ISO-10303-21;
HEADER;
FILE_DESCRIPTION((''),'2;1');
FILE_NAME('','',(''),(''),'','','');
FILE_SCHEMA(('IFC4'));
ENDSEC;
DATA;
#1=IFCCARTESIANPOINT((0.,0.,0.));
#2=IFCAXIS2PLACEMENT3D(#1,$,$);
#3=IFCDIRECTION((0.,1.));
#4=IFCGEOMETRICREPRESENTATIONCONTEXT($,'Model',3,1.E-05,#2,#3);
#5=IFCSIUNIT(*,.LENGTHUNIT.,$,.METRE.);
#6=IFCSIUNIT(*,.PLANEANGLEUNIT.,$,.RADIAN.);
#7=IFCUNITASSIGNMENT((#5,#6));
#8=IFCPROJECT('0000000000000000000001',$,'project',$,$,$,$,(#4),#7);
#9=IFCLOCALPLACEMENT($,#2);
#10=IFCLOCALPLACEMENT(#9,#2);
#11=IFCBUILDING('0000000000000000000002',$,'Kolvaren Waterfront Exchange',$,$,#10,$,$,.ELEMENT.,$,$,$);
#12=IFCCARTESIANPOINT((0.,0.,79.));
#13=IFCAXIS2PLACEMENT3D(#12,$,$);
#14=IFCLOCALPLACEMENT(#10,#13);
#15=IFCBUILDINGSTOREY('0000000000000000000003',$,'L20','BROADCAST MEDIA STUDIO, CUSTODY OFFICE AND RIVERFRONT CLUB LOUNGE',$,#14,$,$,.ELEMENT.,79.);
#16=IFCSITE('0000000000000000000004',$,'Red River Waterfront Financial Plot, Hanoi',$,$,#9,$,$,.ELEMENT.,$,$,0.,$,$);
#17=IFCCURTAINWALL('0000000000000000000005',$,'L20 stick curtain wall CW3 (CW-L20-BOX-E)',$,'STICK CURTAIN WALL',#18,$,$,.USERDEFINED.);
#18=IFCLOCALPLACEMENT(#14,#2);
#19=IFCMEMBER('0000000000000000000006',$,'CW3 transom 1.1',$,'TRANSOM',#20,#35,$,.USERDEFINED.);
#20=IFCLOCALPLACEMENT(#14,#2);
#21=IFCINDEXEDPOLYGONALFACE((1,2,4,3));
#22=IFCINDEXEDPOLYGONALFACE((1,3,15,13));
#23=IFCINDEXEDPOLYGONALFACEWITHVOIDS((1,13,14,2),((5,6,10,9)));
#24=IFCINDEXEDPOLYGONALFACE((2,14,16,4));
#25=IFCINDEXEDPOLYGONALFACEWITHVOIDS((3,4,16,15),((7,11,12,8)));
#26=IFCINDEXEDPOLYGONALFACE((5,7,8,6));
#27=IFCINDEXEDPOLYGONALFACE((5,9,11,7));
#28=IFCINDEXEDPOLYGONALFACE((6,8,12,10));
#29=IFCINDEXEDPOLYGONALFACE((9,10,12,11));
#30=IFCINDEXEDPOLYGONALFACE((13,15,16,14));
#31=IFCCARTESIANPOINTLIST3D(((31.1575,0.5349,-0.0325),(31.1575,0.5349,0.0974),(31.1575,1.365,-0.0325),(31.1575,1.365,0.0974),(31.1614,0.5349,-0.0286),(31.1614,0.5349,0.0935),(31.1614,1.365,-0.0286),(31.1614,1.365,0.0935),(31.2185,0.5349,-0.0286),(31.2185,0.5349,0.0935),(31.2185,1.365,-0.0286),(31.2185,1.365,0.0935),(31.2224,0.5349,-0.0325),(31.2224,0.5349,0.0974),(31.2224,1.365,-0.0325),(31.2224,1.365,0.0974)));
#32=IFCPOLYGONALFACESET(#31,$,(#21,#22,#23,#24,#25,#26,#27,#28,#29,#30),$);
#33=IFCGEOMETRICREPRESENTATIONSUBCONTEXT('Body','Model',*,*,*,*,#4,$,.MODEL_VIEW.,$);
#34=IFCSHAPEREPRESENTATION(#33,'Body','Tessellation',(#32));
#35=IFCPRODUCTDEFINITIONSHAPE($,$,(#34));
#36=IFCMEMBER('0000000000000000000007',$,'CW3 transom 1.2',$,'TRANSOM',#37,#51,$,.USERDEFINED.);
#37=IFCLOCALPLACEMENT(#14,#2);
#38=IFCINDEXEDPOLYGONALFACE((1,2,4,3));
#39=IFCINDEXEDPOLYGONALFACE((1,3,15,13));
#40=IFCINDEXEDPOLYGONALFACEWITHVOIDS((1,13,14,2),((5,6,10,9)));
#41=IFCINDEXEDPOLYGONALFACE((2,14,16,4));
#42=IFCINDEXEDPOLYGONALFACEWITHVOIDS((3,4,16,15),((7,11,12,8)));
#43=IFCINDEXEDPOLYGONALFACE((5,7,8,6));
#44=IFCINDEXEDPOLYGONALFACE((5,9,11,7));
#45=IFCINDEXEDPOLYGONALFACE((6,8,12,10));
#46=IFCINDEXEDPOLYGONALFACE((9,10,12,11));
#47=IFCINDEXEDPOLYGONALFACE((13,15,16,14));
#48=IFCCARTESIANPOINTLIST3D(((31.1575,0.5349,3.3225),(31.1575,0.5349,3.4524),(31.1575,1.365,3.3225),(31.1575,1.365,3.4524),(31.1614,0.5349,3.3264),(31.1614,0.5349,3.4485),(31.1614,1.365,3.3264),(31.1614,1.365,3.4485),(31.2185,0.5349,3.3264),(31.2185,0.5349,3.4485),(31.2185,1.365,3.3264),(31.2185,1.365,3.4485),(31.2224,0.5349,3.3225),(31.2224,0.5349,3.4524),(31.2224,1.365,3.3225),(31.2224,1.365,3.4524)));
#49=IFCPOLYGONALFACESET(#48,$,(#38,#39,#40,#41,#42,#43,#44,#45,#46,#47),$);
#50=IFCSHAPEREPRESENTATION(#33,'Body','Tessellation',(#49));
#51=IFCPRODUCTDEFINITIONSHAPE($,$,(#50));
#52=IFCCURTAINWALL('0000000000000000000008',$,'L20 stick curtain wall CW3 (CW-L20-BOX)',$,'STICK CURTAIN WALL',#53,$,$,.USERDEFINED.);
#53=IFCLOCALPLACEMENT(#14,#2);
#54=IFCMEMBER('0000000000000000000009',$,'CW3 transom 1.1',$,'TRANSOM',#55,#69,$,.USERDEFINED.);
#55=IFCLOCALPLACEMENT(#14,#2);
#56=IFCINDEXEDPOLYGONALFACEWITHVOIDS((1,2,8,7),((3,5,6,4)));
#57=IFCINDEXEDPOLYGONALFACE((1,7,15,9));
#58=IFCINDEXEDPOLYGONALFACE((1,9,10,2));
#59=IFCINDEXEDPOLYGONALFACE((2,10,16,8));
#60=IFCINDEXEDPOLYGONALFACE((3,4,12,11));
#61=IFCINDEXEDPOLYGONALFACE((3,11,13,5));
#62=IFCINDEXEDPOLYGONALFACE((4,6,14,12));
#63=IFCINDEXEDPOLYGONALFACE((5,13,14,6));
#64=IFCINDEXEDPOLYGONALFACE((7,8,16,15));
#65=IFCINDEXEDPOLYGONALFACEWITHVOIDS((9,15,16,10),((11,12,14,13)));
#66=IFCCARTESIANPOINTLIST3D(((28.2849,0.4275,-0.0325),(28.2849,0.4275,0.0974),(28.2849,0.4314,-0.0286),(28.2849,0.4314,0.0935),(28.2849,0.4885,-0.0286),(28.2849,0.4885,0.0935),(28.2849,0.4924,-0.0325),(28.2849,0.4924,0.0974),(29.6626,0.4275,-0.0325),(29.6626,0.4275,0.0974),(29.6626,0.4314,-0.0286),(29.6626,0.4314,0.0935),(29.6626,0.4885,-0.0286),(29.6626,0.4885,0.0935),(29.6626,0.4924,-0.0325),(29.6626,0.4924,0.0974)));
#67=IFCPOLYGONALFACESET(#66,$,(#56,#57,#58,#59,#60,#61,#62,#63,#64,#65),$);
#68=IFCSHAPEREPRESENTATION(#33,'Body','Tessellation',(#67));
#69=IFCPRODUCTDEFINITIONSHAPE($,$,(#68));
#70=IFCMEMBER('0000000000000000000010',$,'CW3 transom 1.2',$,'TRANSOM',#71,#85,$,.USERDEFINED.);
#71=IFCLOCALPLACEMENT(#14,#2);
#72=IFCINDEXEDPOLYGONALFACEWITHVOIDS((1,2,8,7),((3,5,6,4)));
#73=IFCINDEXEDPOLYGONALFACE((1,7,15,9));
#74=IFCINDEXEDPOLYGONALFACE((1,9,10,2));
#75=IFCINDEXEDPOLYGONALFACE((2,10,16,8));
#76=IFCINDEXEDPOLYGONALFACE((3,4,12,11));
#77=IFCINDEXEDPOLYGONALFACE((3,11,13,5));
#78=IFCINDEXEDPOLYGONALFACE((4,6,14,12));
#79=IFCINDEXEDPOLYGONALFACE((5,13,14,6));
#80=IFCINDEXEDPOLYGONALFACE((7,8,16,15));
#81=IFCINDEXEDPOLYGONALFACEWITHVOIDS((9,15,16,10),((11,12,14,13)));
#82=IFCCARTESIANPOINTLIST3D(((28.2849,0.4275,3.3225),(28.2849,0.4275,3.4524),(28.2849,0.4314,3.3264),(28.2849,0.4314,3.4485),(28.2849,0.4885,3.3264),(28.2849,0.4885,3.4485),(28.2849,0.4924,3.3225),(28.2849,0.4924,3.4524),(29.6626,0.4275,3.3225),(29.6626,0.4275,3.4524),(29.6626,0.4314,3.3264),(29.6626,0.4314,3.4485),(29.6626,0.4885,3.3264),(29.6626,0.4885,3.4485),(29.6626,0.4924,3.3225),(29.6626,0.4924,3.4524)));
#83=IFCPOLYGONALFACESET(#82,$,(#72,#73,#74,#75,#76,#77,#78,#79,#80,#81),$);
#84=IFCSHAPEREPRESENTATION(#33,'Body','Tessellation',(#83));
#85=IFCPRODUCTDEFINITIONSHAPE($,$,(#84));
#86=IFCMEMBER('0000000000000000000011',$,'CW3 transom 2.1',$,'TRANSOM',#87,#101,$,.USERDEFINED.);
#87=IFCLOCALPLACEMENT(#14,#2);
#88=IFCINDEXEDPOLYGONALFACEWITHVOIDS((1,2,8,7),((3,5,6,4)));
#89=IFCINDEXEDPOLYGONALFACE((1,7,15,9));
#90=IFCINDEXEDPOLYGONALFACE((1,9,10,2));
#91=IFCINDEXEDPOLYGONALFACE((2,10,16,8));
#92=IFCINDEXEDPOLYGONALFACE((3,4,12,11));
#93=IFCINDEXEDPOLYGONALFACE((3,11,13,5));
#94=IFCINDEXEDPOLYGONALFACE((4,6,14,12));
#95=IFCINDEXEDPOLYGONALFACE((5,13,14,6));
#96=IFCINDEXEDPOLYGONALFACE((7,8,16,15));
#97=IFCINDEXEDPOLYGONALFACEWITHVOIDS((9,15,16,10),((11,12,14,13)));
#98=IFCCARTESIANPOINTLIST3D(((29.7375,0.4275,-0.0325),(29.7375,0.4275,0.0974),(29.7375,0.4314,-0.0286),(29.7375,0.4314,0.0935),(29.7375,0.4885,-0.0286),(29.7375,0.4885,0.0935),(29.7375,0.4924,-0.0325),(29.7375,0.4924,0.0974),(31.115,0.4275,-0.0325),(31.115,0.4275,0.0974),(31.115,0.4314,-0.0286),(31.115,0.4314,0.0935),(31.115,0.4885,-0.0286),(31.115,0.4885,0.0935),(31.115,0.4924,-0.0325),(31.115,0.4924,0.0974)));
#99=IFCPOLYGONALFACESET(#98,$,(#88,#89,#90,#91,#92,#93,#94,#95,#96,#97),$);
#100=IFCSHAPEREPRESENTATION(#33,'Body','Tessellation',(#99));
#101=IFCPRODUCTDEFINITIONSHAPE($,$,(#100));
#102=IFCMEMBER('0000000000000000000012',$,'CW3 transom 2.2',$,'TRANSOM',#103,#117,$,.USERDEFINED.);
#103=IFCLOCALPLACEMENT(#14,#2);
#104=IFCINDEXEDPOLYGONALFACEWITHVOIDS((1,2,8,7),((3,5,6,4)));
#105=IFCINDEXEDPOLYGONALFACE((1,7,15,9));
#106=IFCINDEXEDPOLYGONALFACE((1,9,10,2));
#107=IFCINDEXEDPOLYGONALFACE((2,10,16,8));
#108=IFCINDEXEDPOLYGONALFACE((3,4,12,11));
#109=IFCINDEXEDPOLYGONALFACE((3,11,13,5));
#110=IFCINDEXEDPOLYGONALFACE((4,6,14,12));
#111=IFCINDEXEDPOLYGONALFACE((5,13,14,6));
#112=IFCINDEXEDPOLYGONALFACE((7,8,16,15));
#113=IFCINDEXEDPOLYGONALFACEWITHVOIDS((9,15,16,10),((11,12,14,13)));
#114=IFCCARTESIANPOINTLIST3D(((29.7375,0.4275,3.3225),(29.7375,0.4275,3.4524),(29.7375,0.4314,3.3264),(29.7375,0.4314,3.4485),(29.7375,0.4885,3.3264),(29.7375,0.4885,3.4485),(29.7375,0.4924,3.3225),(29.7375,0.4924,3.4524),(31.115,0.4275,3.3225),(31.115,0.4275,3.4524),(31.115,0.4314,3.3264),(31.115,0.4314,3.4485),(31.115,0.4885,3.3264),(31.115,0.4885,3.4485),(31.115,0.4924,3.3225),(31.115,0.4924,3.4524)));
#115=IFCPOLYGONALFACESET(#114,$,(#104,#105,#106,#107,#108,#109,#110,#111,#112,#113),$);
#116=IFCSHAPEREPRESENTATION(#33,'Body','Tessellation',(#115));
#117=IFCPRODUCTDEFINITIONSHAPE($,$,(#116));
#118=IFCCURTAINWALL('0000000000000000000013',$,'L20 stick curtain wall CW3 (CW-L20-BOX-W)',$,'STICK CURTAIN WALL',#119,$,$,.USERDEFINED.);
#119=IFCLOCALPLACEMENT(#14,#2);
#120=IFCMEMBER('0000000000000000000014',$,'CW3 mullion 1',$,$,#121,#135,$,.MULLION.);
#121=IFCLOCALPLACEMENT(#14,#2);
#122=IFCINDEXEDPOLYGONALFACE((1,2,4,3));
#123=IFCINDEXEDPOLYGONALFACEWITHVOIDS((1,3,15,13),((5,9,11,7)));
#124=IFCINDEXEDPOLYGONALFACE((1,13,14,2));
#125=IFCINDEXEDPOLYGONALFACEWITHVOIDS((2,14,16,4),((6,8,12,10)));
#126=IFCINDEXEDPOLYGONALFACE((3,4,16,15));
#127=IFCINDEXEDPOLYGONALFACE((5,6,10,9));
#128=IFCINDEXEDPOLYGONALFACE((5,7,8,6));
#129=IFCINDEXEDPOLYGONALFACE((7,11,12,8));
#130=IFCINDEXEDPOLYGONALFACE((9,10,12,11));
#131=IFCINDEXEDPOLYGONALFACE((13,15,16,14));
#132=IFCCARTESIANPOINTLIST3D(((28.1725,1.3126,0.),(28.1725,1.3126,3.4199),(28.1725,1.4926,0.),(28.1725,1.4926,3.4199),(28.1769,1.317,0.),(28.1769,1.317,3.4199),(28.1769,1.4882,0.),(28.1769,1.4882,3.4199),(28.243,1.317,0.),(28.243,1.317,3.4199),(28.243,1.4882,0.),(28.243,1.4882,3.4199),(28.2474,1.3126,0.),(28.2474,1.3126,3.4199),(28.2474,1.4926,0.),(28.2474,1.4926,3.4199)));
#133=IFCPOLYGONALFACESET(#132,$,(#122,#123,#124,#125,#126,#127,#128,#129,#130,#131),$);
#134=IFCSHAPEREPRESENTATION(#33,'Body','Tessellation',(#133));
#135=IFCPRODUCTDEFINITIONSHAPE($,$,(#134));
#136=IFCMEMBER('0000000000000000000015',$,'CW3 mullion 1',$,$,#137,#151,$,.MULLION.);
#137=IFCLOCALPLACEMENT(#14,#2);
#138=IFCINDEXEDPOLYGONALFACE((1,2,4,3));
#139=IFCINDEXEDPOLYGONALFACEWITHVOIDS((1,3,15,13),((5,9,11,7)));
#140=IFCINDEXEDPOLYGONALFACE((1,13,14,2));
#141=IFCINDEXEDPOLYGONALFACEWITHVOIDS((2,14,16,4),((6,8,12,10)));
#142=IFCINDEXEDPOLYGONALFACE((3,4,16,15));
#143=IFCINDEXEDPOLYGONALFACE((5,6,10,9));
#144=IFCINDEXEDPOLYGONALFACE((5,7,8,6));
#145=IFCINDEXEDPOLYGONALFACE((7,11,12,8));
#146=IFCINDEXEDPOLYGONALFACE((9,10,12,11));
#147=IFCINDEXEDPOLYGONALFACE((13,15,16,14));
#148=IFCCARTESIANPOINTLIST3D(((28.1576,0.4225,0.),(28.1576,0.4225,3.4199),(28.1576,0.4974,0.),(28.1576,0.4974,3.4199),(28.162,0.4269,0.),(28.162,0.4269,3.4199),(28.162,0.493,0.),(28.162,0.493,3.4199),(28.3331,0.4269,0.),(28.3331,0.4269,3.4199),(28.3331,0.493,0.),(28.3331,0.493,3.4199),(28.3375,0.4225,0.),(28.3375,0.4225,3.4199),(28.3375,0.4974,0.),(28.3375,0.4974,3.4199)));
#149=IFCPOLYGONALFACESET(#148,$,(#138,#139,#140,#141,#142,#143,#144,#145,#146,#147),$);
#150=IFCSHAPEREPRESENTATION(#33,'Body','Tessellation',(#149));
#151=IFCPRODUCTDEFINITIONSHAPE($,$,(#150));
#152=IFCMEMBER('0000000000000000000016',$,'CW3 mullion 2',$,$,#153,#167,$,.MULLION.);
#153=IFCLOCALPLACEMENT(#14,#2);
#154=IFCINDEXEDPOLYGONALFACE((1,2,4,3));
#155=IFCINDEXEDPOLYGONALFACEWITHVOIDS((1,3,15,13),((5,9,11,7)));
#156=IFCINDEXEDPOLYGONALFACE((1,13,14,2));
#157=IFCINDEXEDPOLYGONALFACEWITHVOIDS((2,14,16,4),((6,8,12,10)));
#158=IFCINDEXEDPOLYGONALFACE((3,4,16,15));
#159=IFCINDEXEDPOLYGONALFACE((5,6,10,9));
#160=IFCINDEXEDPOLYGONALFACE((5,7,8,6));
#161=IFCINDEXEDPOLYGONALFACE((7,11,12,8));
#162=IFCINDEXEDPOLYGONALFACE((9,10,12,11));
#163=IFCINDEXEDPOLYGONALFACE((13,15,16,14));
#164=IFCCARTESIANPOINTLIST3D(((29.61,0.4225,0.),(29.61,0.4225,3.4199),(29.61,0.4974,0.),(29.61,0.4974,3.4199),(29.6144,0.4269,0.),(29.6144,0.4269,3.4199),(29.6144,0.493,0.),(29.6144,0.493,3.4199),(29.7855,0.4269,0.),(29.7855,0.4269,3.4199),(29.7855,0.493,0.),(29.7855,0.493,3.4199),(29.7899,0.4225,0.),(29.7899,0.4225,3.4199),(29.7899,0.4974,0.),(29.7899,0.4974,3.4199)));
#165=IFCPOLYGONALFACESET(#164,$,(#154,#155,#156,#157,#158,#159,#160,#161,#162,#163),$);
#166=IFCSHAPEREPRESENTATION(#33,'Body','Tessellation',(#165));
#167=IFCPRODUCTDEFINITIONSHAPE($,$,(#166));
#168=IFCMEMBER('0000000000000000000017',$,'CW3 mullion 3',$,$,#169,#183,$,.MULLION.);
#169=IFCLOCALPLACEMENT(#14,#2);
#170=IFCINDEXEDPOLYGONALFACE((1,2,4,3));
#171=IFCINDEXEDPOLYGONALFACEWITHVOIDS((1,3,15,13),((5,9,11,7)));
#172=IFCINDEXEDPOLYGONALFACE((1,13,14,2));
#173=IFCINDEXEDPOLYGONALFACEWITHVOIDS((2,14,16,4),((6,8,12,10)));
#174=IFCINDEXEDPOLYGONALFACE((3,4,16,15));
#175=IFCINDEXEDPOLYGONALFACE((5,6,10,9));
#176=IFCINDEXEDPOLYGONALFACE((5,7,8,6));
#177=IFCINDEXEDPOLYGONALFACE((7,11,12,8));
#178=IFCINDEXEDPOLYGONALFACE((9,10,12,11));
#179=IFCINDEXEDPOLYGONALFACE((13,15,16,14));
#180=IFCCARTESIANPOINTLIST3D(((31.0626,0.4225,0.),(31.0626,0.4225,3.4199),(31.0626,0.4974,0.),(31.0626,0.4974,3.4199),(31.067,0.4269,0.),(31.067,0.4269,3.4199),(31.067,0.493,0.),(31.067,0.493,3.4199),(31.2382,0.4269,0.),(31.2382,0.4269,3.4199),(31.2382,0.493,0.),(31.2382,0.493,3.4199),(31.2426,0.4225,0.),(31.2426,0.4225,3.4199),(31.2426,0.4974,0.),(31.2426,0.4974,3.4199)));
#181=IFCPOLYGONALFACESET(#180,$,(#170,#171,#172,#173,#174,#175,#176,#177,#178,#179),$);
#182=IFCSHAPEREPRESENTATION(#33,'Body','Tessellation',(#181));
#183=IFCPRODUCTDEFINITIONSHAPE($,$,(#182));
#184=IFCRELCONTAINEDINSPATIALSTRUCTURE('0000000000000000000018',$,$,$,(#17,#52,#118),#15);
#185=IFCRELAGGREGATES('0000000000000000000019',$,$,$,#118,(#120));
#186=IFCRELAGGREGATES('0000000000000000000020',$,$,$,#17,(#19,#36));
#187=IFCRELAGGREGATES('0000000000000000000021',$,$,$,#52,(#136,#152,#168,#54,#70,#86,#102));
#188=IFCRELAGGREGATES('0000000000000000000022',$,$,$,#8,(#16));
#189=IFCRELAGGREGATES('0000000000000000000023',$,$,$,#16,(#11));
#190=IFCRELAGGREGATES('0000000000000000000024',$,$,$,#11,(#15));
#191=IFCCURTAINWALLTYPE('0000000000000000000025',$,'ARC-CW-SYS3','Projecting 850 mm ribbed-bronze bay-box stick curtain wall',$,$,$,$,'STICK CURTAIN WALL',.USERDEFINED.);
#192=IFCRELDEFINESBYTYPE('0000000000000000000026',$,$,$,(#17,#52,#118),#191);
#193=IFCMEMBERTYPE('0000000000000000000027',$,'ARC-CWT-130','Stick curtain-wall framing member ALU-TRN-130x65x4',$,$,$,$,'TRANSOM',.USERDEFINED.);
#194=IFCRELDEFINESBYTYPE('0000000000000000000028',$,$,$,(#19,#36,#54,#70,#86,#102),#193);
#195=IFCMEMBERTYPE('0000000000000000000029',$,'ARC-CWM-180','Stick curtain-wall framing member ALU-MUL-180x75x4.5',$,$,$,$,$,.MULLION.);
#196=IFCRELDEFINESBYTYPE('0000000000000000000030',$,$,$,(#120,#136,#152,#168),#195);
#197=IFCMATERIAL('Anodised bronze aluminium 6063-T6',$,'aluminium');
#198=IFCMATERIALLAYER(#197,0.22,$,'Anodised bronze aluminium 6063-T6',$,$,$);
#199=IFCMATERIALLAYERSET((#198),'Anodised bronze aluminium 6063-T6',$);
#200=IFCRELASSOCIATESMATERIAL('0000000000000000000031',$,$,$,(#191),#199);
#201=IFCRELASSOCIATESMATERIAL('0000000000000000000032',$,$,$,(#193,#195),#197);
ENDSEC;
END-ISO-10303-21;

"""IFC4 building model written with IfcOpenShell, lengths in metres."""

from ifc_helpers import new_model, si_unit, direction, frame, origin, origin_with_axes, origin_2d, place, context, subcontext, project, spatial, hollow_rectangle, extrude, source, transform, mapped, material, layer, layer_set, material_profile, profile_set, type_object, element, aggregate, save


model = new_model("IFC4")

# Units and contexts
model_context = context("Model", 3, precision=1e-05, world=origin(), true_north=direction((0.0, 1.0)))
body_context = subcontext(model_context, "Body", "Model", "MODEL_VIEW")
ifc_project = project(units=[si_unit("LENGTHUNIT", "METRE"), si_unit("PLANEANGLEUNIT", "RADIAN")], contexts=[model_context])

# Site, building, storey
site_placement = place(None, origin())
site = spatial("IfcSite", under=ifc_project, at=site_placement, Name="Red River Waterfront Financial Plot, Hanoi", CompositionType="ELEMENT", RefElevation=0.0)
building_placement = place(site_placement, origin())
building = spatial("IfcBuilding", under=site, at=building_placement, Name="Kolvaren Waterfront Exchange", CompositionType="ELEMENT")
storey_placement = place(building_placement, frame((0.0, 0.0, 79.0)))
storey = spatial("IfcBuildingStorey", under=building, at=storey_placement, Name="L20", Description="BROADCAST MEDIA STUDIO, CUSTODY OFFICE AND RIVERFRONT CLUB LOUNGE", CompositionType="ELEMENT", Elevation=79.0)

# Curtain walls, members
ifc_material_1 = material(Name="Anodised bronze aluminium 6063-T6", Category="aluminium")
ifc_layer_1 = layer(ifc_material_1, 0.22, Name="Anodised bronze aluminium 6063-T6")
ifc_layer_set_1 = layer_set([ifc_layer_1], Name="Anodised bronze aluminium 6063-T6")
curtain_wall_type_1 = type_object("IfcCurtainWallType", Name="ARC-CW-SYS3", Description="Projecting 850 mm ribbed-bronze bay-box stick curtain wall", ElementType="STICK CURTAIN WALL", PredefinedType="USERDEFINED", material=ifc_layer_set_1)
curtain_wall_1_placement = place(storey_placement, origin())
curtain_wall_1 = element("IfcCurtainWall", 1, at=curtain_wall_1_placement, inside=storey, type_object=curtain_wall_type_1, Name="L20 stick curtain wall CW3 (CW-L20-BOX-E)", ObjectType="STICK CURTAIN WALL", PredefinedType="USERDEFINED")
ifc_material_profile_1 = material_profile(ifc_material_1, hollow_rectangle(XDim=0.0649, YDim=0.1299, WallThickness=0.0039, at=origin_2d()), Name="ALU-TRN-130x65x4")
ifc_profile_set_1 = profile_set([ifc_material_profile_1], Name="Anodised bronze aluminium 6063-T6")
member_type_1 = type_object("IfcMemberType", Name="ARC-CWT-130", Description="Stick curtain-wall framing member ALU-TRN-130x65x4", ElementType="TRANSOM", PredefinedType="USERDEFINED", material=ifc_profile_set_1)
shared_shape_1 = source(origin_with_axes(), body_context, "Body", "SweptSolid", [
    extrude(hollow_rectangle(XDim=0.0649, YDim=0.1299, WallThickness=0.0039, at=origin_2d()), origin(), (0.0, 0.0, 1.0), 0.8301),
])
member_1_placement = place(storey_placement, frame((31.1899, 0.5349, 0.0325), z_axis=(0.0, 1.0, 0.0), x_axis=(-1.0, 0.0, 0.0)))
member_1 = element("IfcMember", 2, at=member_1_placement, type_object=member_type_1, Name="CW3 transom 1.1", ObjectType="TRANSOM", PredefinedType="USERDEFINED", context=body_context, shape_type="MappedRepresentation", body=[
    mapped(shared_shape_1, transform((0.0, 0.0, 0.0), x_axis=(1.0, 0.0, 0.0), y_axis=(0.0, 1.0, 0.0), z_axis=(0.0, 0.0, 1.0), scale=1.0)),
])
member_2_placement = place(storey_placement, frame((31.1899, 0.5349, 3.3875), z_axis=(0.0, 1.0, 0.0), x_axis=(-1.0, 0.0, 0.0)))
member_2 = element("IfcMember", 3, at=member_2_placement, type_object=member_type_1, Name="CW3 transom 1.2", ObjectType="TRANSOM", PredefinedType="USERDEFINED", context=body_context, shape_type="MappedRepresentation", body=[
    mapped(shared_shape_1, transform((0.0, 0.0, 0.0), x_axis=(1.0, 0.0, 0.0), y_axis=(0.0, 1.0, 0.0), z_axis=(0.0, 0.0, 1.0), scale=1.0)),
])
curtain_wall_2_placement = place(storey_placement, origin())
curtain_wall_2 = element("IfcCurtainWall", 4, at=curtain_wall_2_placement, inside=storey, type_object=curtain_wall_type_1, Name="L20 stick curtain wall CW3 (CW-L20-BOX)", ObjectType="STICK CURTAIN WALL", PredefinedType="USERDEFINED")
shared_shape_2 = source(origin_with_axes(), body_context, "Body", "SweptSolid", [
    extrude(hollow_rectangle(XDim=0.0649, YDim=0.1299, WallThickness=0.0039, at=origin_2d()), origin(), (0.0, 0.0, 1.0), 1.3777),
])
member_3_placement = place(storey_placement, frame((28.2849, 0.46, 0.0325), z_axis=(1.0, 0.0, 0.0), x_axis=(0.0, 1.0, 0.0)))
member_3 = element("IfcMember", 5, at=member_3_placement, type_object=member_type_1, Name="CW3 transom 1.1", ObjectType="TRANSOM", PredefinedType="USERDEFINED", context=body_context, shape_type="MappedRepresentation", body=[
    mapped(shared_shape_2, transform((0.0, 0.0, 0.0), x_axis=(1.0, 0.0, 0.0), y_axis=(0.0, 1.0, 0.0), z_axis=(0.0, 0.0, 1.0), scale=1.0)),
])
member_4_placement = place(storey_placement, frame((28.2849, 0.46, 3.3875), z_axis=(1.0, 0.0, 0.0), x_axis=(0.0, 1.0, 0.0)))
member_4 = element("IfcMember", 6, at=member_4_placement, type_object=member_type_1, Name="CW3 transom 1.2", ObjectType="TRANSOM", PredefinedType="USERDEFINED", context=body_context, shape_type="MappedRepresentation", body=[
    mapped(shared_shape_2, transform((0.0, 0.0, 0.0), x_axis=(1.0, 0.0, 0.0), y_axis=(0.0, 1.0, 0.0), z_axis=(0.0, 0.0, 1.0), scale=1.0)),
])
shared_shape_3 = source(origin_with_axes(), body_context, "Body", "SweptSolid", [
    extrude(hollow_rectangle(XDim=0.0649, YDim=0.1299, WallThickness=0.0039, at=origin_2d()), origin(), (0.0, 0.0, 1.0), 1.3774),
])
member_5_placement = place(storey_placement, frame((29.7375, 0.46, 0.0325), z_axis=(1.0, 0.0, 0.0), x_axis=(0.0, 1.0, 0.0)))
member_5 = element("IfcMember", 7, at=member_5_placement, type_object=member_type_1, Name="CW3 transom 2.1", ObjectType="TRANSOM", PredefinedType="USERDEFINED", context=body_context, shape_type="MappedRepresentation", body=[
    mapped(shared_shape_3, transform((0.0, 0.0, 0.0), x_axis=(1.0, 0.0, 0.0), y_axis=(0.0, 1.0, 0.0), z_axis=(0.0, 0.0, 1.0), scale=1.0)),
])
member_6_placement = place(storey_placement, frame((29.7375, 0.46, 3.3875), z_axis=(1.0, 0.0, 0.0), x_axis=(0.0, 1.0, 0.0)))
member_6 = element("IfcMember", 8, at=member_6_placement, type_object=member_type_1, Name="CW3 transom 2.2", ObjectType="TRANSOM", PredefinedType="USERDEFINED", context=body_context, shape_type="MappedRepresentation", body=[
    mapped(shared_shape_3, transform((0.0, 0.0, 0.0), x_axis=(1.0, 0.0, 0.0), y_axis=(0.0, 1.0, 0.0), z_axis=(0.0, 0.0, 1.0), scale=1.0)),
])

# Curtain wall, member
curtain_wall_3_placement = place(storey_placement, origin())
curtain_wall_3 = element("IfcCurtainWall", 9, at=curtain_wall_3_placement, inside=storey, type_object=curtain_wall_type_1, Name="L20 stick curtain wall CW3 (CW-L20-BOX-W)", ObjectType="STICK CURTAIN WALL", PredefinedType="USERDEFINED")
ifc_material_profile_2 = material_profile(ifc_material_1, hollow_rectangle(XDim=0.075, YDim=0.1799, WallThickness=0.0044, at=origin_2d()), Name="ALU-MUL-180x75x4.5")
ifc_profile_set_2 = profile_set([ifc_material_profile_2], Name="Anodised bronze aluminium 6063-T6")
member_type_2 = type_object("IfcMemberType", Name="ARC-CWM-180", Description="Stick curtain-wall framing member ALU-MUL-180x75x4.5", PredefinedType="MULLION", material=ifc_profile_set_2)
shared_shape_4 = source(origin_with_axes(), body_context, "Body", "SweptSolid", [
    extrude(hollow_rectangle(XDim=0.075, YDim=0.1799, WallThickness=0.0044, at=origin_2d()), origin(), (0.0, 0.0, 1.0), 3.4199),
])
member_7_placement = place(storey_placement, frame((28.21, 1.4026, 0.0), z_axis=(0.0, 0.0, 1.0), x_axis=(1.0, 0.0, 0.0)))
member_7 = element("IfcMember", 10, at=member_7_placement, type_object=member_type_2, Name="CW3 mullion 1", PredefinedType="MULLION", context=body_context, shape_type="MappedRepresentation", body=[
    mapped(shared_shape_4, transform((0.0, 0.0, 0.0), x_axis=(1.0, 0.0, 0.0), y_axis=(0.0, 1.0, 0.0), z_axis=(0.0, 0.0, 1.0), scale=1.0)),
])
aggregate(curtain_wall_3, [member_7])

# Members
member_8_placement = place(storey_placement, frame((28.2476, 0.46, 0.0), z_axis=(0.0, 0.0, 1.0), x_axis=(0.0, 1.0, 0.0)))
member_8 = element("IfcMember", 11, at=member_8_placement, type_object=member_type_2, Name="CW3 mullion 1", PredefinedType="MULLION", context=body_context, shape_type="MappedRepresentation", body=[
    mapped(shared_shape_4, transform((0.0, 0.0, 0.0), x_axis=(1.0, 0.0, 0.0), y_axis=(0.0, 1.0, 0.0), z_axis=(0.0, 0.0, 1.0), scale=1.0)),
])
member_9_placement = place(storey_placement, frame((29.7, 0.46, 0.0), z_axis=(0.0, 0.0, 1.0), x_axis=(0.0, 1.0, 0.0)))
member_9 = element("IfcMember", 12, at=member_9_placement, type_object=member_type_2, Name="CW3 mullion 2", PredefinedType="MULLION", context=body_context, shape_type="MappedRepresentation", body=[
    mapped(shared_shape_4, transform((0.0, 0.0, 0.0), x_axis=(1.0, 0.0, 0.0), y_axis=(0.0, 1.0, 0.0), z_axis=(0.0, 0.0, 1.0), scale=1.0)),
])
member_10_placement = place(storey_placement, frame((31.1526, 0.46, 0.0), z_axis=(0.0, 0.0, 1.0), x_axis=(0.0, 1.0, 0.0)))
member_10 = element("IfcMember", 13, at=member_10_placement, type_object=member_type_2, Name="CW3 mullion 3", PredefinedType="MULLION", context=body_context, shape_type="MappedRepresentation", body=[
    mapped(shared_shape_4, transform((0.0, 0.0, 0.0), x_axis=(1.0, 0.0, 0.0), y_axis=(0.0, 1.0, 0.0), z_axis=(0.0, 0.0, 1.0), scale=1.0)),
])

aggregate(curtain_wall_1, [member_1, member_2])
aggregate(curtain_wall_2, [member_8, member_9, member_10, member_3, member_4, member_5, member_6])

save(model, "model.ifc")
